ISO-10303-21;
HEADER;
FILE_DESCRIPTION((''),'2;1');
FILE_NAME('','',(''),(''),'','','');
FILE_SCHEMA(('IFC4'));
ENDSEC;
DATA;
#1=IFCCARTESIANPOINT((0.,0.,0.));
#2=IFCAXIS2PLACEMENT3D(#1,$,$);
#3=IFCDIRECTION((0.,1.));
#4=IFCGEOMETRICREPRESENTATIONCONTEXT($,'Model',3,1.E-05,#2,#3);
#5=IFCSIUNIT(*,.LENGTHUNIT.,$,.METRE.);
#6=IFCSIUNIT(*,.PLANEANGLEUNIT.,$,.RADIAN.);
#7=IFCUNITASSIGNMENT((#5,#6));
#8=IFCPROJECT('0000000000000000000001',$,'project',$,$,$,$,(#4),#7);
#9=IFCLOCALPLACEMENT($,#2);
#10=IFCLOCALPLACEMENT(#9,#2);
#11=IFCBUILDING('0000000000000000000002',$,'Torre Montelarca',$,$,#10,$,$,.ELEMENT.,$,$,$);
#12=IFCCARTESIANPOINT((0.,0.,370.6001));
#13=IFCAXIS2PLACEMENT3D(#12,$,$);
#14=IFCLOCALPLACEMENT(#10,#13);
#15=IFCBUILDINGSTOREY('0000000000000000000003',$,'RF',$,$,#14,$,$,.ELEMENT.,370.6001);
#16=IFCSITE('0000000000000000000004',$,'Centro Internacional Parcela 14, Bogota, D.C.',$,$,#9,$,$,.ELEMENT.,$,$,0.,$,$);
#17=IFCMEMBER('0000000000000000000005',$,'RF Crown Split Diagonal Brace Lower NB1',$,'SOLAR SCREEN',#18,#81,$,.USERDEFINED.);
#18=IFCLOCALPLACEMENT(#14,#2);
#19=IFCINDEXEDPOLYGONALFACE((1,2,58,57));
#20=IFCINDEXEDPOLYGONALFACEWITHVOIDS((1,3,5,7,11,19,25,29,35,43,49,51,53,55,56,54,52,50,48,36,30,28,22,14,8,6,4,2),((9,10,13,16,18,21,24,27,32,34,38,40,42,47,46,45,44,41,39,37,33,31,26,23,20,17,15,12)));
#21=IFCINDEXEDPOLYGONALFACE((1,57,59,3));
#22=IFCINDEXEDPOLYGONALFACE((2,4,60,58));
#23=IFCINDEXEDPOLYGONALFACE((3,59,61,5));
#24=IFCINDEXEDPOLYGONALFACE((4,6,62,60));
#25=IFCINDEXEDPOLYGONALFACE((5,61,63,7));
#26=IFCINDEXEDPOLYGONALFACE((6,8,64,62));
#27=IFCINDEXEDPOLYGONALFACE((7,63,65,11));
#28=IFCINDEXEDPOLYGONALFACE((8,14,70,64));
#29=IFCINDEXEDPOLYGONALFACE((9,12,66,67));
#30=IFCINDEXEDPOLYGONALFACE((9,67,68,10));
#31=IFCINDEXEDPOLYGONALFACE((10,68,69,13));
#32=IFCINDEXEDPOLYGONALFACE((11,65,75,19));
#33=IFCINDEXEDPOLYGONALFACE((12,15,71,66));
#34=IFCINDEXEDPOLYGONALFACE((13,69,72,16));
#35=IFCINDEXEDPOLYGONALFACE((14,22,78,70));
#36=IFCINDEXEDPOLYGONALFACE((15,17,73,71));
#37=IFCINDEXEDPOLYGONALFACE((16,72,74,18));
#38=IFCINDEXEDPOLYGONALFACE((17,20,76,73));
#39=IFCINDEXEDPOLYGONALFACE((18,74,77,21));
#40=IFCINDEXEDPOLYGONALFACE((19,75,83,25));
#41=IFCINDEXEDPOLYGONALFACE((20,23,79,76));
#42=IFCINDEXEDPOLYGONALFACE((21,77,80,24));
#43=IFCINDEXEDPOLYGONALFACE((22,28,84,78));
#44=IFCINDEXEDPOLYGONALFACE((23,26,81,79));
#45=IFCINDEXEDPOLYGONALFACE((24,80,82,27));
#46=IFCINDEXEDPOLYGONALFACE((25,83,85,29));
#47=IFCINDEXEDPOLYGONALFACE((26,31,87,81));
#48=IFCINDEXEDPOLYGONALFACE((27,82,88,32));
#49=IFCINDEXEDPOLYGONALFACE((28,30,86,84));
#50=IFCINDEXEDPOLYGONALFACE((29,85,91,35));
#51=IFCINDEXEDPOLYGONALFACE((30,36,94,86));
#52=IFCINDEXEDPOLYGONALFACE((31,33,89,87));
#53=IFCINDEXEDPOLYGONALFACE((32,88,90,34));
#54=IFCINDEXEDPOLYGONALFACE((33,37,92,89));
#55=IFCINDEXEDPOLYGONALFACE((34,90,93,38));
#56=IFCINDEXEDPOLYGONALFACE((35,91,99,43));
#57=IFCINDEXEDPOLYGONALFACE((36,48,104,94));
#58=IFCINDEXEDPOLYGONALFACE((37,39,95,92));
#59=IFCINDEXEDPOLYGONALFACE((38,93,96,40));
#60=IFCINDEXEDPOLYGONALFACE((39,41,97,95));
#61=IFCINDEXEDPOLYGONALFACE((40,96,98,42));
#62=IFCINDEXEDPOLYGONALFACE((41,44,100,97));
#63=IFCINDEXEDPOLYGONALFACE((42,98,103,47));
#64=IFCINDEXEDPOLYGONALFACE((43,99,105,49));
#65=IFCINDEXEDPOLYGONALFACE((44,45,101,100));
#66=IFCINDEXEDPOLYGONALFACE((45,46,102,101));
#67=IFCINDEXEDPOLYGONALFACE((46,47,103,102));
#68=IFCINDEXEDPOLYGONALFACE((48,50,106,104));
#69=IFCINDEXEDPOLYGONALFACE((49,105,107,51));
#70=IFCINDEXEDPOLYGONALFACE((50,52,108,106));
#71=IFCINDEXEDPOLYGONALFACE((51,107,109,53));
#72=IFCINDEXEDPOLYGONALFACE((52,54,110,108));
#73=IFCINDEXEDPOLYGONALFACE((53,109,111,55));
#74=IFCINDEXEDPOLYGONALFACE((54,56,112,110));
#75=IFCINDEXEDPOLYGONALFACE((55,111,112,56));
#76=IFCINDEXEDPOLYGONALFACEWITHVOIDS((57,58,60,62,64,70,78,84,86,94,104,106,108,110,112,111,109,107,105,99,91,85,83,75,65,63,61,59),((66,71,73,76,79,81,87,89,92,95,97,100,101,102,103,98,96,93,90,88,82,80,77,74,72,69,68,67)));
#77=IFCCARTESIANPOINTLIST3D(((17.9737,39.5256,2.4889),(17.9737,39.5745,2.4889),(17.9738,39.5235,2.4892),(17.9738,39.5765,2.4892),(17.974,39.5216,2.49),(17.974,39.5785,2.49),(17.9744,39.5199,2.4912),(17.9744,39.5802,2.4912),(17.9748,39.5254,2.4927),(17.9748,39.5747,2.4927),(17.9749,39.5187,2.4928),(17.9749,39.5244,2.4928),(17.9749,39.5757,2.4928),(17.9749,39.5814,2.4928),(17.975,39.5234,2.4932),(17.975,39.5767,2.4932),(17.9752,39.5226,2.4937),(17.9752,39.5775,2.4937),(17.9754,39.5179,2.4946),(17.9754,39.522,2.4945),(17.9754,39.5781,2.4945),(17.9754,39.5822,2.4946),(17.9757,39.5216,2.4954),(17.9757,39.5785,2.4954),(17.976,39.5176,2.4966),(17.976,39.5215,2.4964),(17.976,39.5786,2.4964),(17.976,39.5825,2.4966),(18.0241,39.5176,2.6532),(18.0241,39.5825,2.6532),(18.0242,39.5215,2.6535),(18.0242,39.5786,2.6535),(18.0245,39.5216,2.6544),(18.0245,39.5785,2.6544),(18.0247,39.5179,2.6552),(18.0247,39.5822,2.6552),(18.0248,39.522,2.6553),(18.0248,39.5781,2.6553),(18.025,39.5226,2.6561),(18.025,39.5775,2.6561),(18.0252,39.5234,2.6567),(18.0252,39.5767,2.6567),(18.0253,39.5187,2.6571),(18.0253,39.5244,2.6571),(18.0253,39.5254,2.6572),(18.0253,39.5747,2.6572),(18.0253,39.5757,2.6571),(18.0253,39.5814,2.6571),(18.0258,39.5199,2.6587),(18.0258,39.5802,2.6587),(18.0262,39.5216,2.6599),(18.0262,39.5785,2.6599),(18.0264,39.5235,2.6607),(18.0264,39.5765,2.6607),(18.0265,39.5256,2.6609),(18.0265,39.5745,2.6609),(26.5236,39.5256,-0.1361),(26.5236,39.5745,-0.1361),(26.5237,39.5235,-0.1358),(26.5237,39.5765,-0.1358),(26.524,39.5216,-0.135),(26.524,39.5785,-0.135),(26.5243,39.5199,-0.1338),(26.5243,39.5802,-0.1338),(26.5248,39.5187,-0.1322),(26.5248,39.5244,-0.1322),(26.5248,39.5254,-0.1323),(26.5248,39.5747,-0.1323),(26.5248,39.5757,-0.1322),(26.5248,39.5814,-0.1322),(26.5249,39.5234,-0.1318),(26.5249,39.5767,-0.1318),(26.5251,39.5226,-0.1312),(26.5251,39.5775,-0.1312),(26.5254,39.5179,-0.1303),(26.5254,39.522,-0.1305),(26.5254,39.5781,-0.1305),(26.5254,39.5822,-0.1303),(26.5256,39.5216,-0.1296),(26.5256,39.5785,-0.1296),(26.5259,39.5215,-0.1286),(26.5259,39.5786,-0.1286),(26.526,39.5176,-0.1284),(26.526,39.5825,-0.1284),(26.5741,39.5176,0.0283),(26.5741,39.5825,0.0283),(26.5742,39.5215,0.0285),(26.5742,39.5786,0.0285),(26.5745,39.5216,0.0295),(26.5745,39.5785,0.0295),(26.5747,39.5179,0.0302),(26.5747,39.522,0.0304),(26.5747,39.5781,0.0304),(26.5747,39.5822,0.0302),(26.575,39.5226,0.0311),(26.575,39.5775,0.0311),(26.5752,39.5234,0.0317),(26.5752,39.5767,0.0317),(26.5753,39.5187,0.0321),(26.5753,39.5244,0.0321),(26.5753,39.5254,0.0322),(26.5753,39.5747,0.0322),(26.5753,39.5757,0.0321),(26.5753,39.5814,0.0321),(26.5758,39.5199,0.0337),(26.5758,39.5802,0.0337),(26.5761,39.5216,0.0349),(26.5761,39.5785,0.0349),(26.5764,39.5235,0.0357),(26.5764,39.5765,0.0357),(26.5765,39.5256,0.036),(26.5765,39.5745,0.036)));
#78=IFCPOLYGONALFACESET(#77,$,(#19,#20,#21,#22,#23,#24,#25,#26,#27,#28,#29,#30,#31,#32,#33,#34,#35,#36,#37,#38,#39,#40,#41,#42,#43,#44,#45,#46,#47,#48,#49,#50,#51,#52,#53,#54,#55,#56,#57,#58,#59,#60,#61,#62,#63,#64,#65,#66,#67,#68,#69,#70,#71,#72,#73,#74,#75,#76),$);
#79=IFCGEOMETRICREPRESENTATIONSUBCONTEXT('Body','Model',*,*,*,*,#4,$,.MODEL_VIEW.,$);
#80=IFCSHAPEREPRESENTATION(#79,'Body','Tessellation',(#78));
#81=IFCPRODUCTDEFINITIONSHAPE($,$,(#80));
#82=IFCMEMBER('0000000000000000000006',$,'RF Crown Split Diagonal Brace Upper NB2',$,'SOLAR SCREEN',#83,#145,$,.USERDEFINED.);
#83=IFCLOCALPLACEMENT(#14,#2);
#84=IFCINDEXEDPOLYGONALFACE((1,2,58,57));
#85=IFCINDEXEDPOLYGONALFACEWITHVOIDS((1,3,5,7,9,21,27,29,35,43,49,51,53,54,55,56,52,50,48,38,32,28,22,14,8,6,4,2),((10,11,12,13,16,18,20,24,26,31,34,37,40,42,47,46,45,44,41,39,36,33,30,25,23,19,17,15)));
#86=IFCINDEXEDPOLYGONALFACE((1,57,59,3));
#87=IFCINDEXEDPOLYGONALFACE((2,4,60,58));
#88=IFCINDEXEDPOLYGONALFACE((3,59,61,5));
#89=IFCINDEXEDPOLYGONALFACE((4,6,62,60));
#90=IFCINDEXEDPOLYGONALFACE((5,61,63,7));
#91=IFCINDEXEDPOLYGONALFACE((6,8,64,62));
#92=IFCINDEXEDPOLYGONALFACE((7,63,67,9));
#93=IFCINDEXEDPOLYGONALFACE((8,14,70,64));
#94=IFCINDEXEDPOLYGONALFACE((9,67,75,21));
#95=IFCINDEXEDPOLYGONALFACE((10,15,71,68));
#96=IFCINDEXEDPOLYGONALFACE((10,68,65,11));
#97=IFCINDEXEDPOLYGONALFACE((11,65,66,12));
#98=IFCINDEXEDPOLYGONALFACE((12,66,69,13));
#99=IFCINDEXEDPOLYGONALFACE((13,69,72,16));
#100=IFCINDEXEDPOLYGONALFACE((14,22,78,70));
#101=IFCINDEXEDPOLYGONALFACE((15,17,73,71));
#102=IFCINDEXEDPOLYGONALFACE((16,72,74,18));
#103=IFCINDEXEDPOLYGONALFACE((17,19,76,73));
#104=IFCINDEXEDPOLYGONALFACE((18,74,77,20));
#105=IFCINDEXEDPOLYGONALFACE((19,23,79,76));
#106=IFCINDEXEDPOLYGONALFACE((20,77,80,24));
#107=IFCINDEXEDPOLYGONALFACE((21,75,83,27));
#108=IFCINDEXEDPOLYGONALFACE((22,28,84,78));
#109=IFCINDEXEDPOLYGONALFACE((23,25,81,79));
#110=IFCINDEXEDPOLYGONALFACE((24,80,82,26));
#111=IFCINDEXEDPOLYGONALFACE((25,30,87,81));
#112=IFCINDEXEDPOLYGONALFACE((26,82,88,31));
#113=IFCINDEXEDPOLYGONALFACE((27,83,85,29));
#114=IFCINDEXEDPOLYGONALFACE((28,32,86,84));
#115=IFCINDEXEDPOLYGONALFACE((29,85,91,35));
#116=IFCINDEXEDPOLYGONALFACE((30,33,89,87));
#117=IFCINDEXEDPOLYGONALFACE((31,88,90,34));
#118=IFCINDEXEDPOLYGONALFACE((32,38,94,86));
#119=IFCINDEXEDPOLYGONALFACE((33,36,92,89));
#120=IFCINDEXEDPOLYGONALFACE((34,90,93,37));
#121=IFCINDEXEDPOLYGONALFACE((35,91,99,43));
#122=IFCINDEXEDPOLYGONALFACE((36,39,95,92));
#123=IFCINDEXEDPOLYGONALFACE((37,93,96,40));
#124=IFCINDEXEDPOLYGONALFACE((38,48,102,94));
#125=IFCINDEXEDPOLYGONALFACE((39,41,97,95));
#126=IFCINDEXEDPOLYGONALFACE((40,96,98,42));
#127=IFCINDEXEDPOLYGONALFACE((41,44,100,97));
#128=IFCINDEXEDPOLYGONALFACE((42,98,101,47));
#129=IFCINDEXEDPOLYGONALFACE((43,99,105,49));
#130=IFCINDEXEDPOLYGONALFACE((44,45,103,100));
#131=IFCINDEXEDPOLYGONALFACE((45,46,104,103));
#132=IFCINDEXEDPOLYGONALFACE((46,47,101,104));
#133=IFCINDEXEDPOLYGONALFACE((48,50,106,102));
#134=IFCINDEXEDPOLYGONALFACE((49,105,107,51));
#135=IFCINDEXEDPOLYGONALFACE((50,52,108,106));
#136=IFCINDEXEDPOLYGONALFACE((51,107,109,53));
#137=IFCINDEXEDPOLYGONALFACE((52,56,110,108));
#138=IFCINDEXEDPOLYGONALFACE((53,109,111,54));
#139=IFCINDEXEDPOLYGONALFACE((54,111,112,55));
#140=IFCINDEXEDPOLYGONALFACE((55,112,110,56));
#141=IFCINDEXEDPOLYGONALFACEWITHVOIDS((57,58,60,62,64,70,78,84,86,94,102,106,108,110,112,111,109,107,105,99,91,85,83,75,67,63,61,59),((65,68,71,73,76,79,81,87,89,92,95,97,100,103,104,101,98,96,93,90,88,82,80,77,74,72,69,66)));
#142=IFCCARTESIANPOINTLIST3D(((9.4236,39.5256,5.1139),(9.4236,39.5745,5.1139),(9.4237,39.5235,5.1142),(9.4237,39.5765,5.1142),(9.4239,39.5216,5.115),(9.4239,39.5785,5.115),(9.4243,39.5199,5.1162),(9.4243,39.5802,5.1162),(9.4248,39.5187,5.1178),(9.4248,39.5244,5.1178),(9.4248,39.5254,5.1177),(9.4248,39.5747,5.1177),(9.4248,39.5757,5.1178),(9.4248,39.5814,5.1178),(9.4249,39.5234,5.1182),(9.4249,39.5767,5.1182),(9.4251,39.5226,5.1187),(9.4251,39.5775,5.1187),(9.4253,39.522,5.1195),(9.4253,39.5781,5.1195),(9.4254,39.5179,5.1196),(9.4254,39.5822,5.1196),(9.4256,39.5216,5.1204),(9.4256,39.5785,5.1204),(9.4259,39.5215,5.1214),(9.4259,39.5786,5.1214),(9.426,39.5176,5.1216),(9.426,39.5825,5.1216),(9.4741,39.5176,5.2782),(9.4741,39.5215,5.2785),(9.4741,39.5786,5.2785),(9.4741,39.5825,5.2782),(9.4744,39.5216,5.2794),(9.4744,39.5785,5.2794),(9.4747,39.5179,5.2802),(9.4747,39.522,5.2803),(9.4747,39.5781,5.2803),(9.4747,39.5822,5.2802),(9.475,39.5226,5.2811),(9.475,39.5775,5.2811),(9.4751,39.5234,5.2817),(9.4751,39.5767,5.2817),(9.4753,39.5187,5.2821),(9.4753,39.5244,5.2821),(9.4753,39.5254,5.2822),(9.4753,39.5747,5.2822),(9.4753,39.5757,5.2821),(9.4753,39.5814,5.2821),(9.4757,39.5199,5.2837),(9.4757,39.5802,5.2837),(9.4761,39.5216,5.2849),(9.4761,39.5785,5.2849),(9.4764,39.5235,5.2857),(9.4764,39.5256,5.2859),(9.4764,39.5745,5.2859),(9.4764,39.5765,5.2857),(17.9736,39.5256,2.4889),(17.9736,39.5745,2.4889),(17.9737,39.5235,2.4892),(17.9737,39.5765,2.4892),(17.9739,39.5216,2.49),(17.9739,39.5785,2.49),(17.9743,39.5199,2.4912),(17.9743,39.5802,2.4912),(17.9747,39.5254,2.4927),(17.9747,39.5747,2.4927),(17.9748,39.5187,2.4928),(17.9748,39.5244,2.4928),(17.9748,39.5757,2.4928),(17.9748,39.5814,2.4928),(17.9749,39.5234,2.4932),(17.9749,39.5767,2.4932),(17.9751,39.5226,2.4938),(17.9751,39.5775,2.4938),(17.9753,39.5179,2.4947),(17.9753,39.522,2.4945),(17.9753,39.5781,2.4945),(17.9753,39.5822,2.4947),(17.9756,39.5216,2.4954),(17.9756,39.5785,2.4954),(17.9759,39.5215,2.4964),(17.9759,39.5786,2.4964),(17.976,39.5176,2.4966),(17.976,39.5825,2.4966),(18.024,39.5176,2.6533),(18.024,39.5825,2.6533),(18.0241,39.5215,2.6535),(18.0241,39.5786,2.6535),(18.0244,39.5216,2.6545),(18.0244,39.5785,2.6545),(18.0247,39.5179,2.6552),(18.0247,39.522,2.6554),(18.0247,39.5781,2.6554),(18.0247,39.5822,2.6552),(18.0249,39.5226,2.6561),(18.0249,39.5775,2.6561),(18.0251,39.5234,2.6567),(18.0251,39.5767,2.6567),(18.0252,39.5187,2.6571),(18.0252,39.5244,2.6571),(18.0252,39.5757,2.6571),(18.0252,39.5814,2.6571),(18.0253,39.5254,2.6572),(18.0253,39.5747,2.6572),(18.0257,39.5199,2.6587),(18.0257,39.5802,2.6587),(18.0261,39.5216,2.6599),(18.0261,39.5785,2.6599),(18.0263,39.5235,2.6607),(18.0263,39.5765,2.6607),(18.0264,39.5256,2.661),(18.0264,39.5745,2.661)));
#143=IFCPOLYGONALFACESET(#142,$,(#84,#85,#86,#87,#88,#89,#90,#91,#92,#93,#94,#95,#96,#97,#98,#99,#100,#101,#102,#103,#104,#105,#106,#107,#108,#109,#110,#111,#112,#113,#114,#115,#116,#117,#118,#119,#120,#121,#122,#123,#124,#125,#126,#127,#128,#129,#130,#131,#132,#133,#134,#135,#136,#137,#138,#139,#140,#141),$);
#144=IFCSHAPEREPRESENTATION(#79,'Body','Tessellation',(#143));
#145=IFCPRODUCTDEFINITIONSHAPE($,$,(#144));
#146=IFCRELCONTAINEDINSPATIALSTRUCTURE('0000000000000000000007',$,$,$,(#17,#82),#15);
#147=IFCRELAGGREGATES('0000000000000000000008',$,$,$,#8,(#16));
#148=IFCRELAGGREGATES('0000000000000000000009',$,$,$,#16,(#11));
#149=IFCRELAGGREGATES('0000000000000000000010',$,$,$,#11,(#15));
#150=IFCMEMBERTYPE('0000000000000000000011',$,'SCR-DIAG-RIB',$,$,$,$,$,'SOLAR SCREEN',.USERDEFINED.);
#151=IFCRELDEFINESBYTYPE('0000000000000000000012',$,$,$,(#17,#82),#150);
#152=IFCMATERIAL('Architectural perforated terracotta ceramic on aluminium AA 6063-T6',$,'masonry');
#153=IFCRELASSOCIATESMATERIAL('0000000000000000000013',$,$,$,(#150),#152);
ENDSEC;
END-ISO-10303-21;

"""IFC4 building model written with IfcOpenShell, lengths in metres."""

from ifc_helpers import new_model, si_unit, direction, frame, origin, origin_2d, place, context, subcontext, project, spatial, hollow_rectangle, extrude, source, transform, mapped, material, material_profile, profile_set, type_object, element, save


model = new_model("IFC4")

# Units and contexts
model_context = context("Model", 3, precision=1e-05, world=origin(), true_north=direction((0.0, 1.0)))
body_context = subcontext(model_context, "Body", "Model", "MODEL_VIEW")
ifc_project = project(units=[si_unit("LENGTHUNIT", "METRE"), si_unit("PLANEANGLEUNIT", "RADIAN")], contexts=[model_context])

# Site, building, storey
site_placement = place(None, origin())
site = spatial("IfcSite", under=ifc_project, at=site_placement, Name="Centro Internacional Parcela 14, Bogota, D.C.", CompositionType="ELEMENT", RefElevation=0.0)
building_placement = place(site_placement, origin())
building = spatial("IfcBuilding", under=site, at=building_placement, Name="Torre Montelarca", CompositionType="ELEMENT")
storey_placement = place(building_placement, frame((0.0, 0.0, 370.6001)))
storey = spatial("IfcBuildingStorey", under=building, at=storey_placement, Name="RF", CompositionType="ELEMENT", Elevation=370.6001)

# Members
ifc_material_1 = material(Name="Architectural perforated terracotta ceramic on aluminium AA 6063-T6", Category="masonry")
ifc_material_profile_1 = material_profile(ifc_material_1, hollow_rectangle(XDim=0.0649, YDim=0.1799, WallThickness=0.0039, InnerFilletRadius=0.0039, OuterFilletRadius=0.0081, at=origin_2d()), Name="ALU65X180X4", Category="masonry")
ifc_profile_set_1 = profile_set([ifc_material_profile_1], Name="Architectural perforated terracotta ceramic on aluminium AA 6063-T6")
member_type_1 = type_object("IfcMemberType", Name="SCR-DIAG-RIB", ElementType="SOLAR SCREEN", PredefinedType="USERDEFINED", material=ifc_profile_set_1)
shared_shape_1 = source(origin(), body_context, "Body", "SweptSolid", [
    extrude(hollow_rectangle(XDim=0.0649, YDim=0.1799, WallThickness=0.0039, InnerFilletRadius=0.0039, OuterFilletRadius=0.0081, at=origin_2d()), origin(), (0.0, 0.0, 1.0), 8.9438),
])
for number, where, z_axis, x_axis, name in (
    (1, (26.55, 39.55, -0.05), (-0.955961, 0.0, 0.293495), (0.0, -1.0, 0.0), "RF Crown Split Diagonal Brace Lower NB1"),
    (2, (18.0, 39.55, 2.575), (-0.955961, 0.0, 0.293495), (0.0, -1.0, 0.0), "RF Crown Split Diagonal Brace Upper NB2"),
):
    element("IfcMember", number, at=place(storey_placement, frame(where, z_axis=z_axis, x_axis=x_axis)), inside=storey, type_object=member_type_1, Name=name, ObjectType="SOLAR SCREEN", PredefinedType="USERDEFINED", context=body_context, shape_type="MappedRepresentation", body=[
        mapped(shared_shape_1, transform((0.0, 0.0, 0.0), scale=1.0)),
    ])

save(model, "model.ifc")
